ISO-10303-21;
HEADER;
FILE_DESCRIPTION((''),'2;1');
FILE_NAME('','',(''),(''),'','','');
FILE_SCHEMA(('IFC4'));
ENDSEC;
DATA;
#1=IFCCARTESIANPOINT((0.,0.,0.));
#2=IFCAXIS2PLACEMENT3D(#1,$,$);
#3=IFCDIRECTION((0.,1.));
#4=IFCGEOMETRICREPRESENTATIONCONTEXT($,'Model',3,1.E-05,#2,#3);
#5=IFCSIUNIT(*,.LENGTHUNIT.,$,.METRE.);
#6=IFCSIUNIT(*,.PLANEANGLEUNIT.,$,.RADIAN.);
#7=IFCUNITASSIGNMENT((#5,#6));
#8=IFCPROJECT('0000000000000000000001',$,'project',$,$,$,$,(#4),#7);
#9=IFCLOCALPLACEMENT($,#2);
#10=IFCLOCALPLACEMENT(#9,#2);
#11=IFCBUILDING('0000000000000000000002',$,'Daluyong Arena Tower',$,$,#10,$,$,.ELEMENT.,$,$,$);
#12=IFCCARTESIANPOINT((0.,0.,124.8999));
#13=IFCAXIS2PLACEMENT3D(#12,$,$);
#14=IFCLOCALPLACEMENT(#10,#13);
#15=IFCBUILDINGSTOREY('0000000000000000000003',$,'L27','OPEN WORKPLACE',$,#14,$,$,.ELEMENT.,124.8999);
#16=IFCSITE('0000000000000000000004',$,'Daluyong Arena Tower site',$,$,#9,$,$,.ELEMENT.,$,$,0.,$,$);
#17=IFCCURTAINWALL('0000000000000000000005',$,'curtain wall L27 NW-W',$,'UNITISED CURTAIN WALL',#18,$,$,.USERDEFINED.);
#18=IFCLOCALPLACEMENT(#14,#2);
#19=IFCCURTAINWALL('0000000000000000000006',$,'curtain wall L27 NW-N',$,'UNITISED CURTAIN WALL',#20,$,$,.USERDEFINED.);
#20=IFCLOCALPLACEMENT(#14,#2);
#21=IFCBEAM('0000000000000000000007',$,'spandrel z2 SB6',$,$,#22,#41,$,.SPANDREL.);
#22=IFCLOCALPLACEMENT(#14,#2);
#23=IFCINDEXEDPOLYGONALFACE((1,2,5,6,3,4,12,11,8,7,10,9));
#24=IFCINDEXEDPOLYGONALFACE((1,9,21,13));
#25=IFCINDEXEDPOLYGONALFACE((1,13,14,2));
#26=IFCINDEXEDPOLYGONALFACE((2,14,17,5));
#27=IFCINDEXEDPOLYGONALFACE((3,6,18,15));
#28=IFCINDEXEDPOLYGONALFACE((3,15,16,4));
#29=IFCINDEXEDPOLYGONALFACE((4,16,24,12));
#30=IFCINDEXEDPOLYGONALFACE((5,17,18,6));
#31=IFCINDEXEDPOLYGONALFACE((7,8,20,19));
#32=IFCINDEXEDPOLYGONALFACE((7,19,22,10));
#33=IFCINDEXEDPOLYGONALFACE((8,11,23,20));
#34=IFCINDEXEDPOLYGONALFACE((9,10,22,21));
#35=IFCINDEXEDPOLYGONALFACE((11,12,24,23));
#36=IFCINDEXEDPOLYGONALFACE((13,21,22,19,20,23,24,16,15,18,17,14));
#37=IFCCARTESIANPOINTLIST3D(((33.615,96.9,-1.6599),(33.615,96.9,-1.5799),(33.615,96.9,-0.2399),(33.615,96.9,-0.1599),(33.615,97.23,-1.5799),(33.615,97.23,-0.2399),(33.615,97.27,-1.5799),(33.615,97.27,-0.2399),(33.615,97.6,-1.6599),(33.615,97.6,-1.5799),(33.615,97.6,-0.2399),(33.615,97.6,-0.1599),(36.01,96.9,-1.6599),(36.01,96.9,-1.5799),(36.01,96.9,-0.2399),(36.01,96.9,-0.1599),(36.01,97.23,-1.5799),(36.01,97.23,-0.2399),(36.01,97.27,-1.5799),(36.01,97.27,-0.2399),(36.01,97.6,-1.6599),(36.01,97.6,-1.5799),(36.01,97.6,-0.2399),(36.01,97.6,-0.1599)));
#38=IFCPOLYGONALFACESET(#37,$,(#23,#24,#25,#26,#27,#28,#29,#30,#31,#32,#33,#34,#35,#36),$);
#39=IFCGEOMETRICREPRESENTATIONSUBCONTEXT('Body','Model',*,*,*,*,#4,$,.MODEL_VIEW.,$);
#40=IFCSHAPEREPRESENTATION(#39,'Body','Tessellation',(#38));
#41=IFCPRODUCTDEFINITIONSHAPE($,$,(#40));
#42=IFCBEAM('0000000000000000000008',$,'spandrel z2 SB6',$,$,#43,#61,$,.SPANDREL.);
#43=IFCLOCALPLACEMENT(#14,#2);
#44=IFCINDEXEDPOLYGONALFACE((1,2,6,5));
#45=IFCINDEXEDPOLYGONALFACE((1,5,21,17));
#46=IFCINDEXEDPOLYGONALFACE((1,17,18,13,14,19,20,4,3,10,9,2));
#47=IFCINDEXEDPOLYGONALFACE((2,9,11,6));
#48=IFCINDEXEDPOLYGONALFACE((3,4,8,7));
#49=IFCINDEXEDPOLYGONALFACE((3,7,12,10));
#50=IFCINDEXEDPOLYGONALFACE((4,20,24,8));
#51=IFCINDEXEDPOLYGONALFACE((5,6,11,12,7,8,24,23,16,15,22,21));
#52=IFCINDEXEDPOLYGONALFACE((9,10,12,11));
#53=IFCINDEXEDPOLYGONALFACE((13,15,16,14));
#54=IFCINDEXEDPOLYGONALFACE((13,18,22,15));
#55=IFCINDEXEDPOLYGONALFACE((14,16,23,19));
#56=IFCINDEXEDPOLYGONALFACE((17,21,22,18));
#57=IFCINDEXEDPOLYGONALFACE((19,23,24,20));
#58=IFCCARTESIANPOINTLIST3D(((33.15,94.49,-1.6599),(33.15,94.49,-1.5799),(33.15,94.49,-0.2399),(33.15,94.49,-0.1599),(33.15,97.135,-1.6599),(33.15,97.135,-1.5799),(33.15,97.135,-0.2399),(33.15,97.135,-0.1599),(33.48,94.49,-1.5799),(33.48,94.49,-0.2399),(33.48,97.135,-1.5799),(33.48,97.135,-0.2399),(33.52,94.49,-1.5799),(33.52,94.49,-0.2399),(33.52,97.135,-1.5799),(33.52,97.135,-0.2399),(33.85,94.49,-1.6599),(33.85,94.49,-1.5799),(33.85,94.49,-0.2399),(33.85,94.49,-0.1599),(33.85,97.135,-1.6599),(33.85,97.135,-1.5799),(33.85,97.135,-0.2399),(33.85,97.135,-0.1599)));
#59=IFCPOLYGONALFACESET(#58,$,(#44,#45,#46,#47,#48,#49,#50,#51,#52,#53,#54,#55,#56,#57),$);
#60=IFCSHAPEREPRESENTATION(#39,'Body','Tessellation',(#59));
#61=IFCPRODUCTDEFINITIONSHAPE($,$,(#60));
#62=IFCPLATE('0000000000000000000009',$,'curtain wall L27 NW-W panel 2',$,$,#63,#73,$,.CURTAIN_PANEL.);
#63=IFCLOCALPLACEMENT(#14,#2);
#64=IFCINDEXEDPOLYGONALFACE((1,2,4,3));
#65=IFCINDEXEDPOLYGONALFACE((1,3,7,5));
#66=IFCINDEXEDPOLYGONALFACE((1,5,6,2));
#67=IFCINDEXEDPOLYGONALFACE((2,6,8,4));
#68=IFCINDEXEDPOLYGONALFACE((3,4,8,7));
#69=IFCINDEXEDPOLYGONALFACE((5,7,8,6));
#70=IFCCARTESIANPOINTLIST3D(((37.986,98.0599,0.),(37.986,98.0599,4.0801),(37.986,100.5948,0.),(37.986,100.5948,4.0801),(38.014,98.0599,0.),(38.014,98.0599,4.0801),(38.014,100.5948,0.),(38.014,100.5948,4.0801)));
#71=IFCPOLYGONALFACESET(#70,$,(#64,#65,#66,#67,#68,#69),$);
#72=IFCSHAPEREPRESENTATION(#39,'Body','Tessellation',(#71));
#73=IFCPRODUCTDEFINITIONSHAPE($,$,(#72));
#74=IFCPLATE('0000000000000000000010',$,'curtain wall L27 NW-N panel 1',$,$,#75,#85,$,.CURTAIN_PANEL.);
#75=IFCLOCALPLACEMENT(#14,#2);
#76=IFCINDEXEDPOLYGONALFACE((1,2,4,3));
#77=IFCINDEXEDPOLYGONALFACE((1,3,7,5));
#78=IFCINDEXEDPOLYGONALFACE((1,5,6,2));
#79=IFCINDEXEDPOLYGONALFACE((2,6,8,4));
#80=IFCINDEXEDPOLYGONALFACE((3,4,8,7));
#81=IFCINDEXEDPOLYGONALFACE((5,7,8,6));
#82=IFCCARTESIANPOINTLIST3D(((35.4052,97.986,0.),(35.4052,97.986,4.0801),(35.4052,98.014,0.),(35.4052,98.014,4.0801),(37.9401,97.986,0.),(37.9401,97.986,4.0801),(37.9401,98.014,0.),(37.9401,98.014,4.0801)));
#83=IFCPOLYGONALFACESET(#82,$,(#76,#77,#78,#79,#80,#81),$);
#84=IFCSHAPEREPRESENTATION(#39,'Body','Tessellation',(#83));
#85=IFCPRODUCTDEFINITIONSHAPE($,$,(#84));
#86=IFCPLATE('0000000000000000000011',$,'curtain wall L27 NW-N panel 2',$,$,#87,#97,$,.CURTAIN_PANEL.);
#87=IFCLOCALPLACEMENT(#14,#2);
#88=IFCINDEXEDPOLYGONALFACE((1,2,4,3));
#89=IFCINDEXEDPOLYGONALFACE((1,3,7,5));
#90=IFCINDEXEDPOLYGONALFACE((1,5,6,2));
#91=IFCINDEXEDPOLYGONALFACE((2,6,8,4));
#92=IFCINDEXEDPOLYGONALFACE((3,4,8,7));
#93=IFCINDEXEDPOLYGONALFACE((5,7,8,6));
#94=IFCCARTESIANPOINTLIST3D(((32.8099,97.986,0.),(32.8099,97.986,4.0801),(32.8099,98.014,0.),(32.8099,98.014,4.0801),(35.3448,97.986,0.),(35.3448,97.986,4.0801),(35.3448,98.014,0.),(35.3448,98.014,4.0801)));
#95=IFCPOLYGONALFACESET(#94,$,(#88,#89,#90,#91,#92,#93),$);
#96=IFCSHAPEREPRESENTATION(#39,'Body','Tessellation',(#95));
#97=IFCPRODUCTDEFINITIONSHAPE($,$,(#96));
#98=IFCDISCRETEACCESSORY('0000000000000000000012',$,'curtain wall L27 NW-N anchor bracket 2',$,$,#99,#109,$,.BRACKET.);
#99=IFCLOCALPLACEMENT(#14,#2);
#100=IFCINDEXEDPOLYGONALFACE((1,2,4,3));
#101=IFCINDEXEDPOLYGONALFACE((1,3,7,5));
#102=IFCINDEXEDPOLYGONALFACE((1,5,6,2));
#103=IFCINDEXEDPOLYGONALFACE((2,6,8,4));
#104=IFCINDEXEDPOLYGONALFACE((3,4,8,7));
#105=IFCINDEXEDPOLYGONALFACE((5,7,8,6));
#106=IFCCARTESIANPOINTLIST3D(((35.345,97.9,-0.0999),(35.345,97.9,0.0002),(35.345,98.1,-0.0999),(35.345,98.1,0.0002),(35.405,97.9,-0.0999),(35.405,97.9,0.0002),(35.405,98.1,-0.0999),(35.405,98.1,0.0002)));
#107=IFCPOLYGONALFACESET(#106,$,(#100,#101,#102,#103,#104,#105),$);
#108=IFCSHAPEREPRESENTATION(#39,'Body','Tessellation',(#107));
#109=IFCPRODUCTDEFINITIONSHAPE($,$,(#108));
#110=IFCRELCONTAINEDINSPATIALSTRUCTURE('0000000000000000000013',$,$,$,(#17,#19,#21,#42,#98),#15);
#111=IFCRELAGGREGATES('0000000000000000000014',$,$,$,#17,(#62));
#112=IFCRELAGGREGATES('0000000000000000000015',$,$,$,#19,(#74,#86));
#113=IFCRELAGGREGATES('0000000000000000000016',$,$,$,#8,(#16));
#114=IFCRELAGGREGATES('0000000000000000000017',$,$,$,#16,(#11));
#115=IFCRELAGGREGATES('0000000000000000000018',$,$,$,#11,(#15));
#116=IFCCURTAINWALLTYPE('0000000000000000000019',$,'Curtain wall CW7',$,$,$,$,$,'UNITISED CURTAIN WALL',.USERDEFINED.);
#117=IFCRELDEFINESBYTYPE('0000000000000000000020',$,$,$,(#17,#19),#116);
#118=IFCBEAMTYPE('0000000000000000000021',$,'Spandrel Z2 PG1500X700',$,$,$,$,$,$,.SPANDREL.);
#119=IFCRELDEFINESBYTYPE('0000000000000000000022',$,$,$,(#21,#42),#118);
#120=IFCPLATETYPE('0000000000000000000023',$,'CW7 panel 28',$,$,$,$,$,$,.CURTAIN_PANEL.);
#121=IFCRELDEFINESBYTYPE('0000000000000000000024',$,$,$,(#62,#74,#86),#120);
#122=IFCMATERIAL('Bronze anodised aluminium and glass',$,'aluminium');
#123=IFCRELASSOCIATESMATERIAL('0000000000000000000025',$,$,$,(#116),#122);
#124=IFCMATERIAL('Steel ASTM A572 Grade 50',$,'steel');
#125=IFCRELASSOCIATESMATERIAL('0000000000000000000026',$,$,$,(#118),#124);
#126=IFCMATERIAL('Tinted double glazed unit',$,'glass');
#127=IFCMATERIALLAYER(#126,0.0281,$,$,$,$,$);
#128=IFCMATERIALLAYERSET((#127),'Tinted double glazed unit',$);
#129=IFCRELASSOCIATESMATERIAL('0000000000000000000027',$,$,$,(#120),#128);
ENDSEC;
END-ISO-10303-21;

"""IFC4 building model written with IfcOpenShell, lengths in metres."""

from ifc_helpers import new_model, si_unit, direction, frame, origin, origin_2d, place, context, subcontext, project, spatial, rectangle, i_section, extrude, material, layer, layer_set, material_profile, profile_set, type_object, element, aggregate, save


model = new_model("IFC4")

# Units and contexts
model_context = context("Model", 3, precision=1e-05, world=origin(), true_north=direction((0.0, 1.0)))
body_context = subcontext(model_context, "Body", "Model", "MODEL_VIEW")
ifc_project = project(units=[si_unit("LENGTHUNIT", "METRE"), si_unit("PLANEANGLEUNIT", "RADIAN")], contexts=[model_context])

# Site, building, storey
site_placement = place(None, origin())
site = spatial("IfcSite", under=ifc_project, at=site_placement, Name="Daluyong Arena Tower site", CompositionType="ELEMENT", RefElevation=0.0)
building_placement = place(site_placement, origin())
building = spatial("IfcBuilding", under=site, at=building_placement, Name="Daluyong Arena Tower", CompositionType="ELEMENT")
storey_placement = place(building_placement, frame((0.0, 0.0, 124.8999)))
storey = spatial("IfcBuildingStorey", under=building, at=storey_placement, Name="L27", Description="OPEN WORKPLACE", CompositionType="ELEMENT", Elevation=124.8999)

# Curtain walls
ifc_material_1 = material(Name="Bronze anodised aluminium and glass", Category="aluminium")
curtain_wall_type_1 = type_object("IfcCurtainWallType", Name="Curtain wall CW7", ElementType="UNITISED CURTAIN WALL", PredefinedType="USERDEFINED", material=ifc_material_1)
curtain_wall_1_placement = place(storey_placement, origin())
curtain_wall_1 = element("IfcCurtainWall", 1, at=curtain_wall_1_placement, inside=storey, type_object=curtain_wall_type_1, Name="curtain wall L27 NW-W", ObjectType="UNITISED CURTAIN WALL", PredefinedType="USERDEFINED")
curtain_wall_2_placement = place(storey_placement, origin())
curtain_wall_2 = element("IfcCurtainWall", 2, at=curtain_wall_2_placement, inside=storey, type_object=curtain_wall_type_1, Name="curtain wall L27 NW-N", ObjectType="UNITISED CURTAIN WALL", PredefinedType="USERDEFINED")

# Beams
ifc_material_2 = material(Name="Steel ASTM A572 Grade 50", Category="steel")
ifc_material_profile_1 = material_profile(ifc_material_2, i_section(OverallWidth=0.7, OverallDepth=1.5, WebThickness=0.04, FlangeThickness=0.08, at=origin_2d()))
ifc_profile_set_1 = profile_set([ifc_material_profile_1], Name="Steel ASTM A572 Grade 50")
beam_type = type_object("IfcBeamType", Name="Spandrel Z2 PG1500X700", PredefinedType="SPANDREL", material=ifc_profile_set_1)
beam_1_placement = place(storey_placement, frame((36.01, 97.25, -0.9099), z_axis=(-1.0, 0.0, 0.0), x_axis=(0.0, -1.0, 0.0)))
element("IfcBeam", 3, at=beam_1_placement, inside=storey, type_object=beam_type, Name="spandrel z2 SB6", PredefinedType="SPANDREL", context=body_context, shape_type="SweptSolid", body=[
    extrude(i_section(OverallWidth=0.7, OverallDepth=1.5, WebThickness=0.04, FlangeThickness=0.08, at=origin_2d()), origin(), (0.0, 0.0, 1.0), 2.395),
])
beam_2_placement = place(storey_placement, frame((33.5, 97.135, -0.9099), z_axis=(0.0, -1.0, 0.0), x_axis=(1.0, 0.0, 0.0)))
element("IfcBeam", 4, at=beam_2_placement, inside=storey, type_object=beam_type, Name="spandrel z2 SB6", PredefinedType="SPANDREL", context=body_context, shape_type="SweptSolid", body=[
    extrude(i_section(OverallWidth=0.7, OverallDepth=1.5, WebThickness=0.04, FlangeThickness=0.08, at=origin_2d()), origin(), (0.0, 0.0, 1.0), 2.645),
])

# Plates
ifc_material_3 = material(Name="Tinted double glazed unit", Category="glass")
ifc_layer = layer(ifc_material_3, 0.0281)
ifc_layer_set = layer_set([ifc_layer], Name="Tinted double glazed unit")
plate_type = type_object("IfcPlateType", Name="CW7 panel 28", PredefinedType="CURTAIN_PANEL", material=ifc_layer_set)
plate_1_placement = place(storey_placement, frame((38.0, 99.3274, 0.0), z_axis=(0.0, 0.0, 1.0), x_axis=(0.0, -1.0, 0.0)))
plate_1 = element("IfcPlate", 5, at=plate_1_placement, type_object=plate_type, Name="curtain wall L27 NW-W panel 2", PredefinedType="CURTAIN_PANEL", context=body_context, shape_type="SweptSolid", body=[
    extrude(rectangle(XDim=2.5349, YDim=0.0281, at=origin_2d()), origin(), (0.0, 0.0, 1.0), 4.0801),
])
aggregate(curtain_wall_1, [plate_1])
plate_2_placement = place(storey_placement, frame((36.6726, 98.0, 0.0), z_axis=(0.0, 0.0, 1.0), x_axis=(-1.0, 0.0, 0.0)))
plate_2 = element("IfcPlate", 6, at=plate_2_placement, type_object=plate_type, Name="curtain wall L27 NW-N panel 1", PredefinedType="CURTAIN_PANEL", context=body_context, shape_type="SweptSolid", body=[
    extrude(rectangle(XDim=2.5349, YDim=0.0281, at=origin_2d()), origin(), (0.0, 0.0, 1.0), 4.0801),
])
plate_3_placement = place(storey_placement, frame((34.0774, 98.0, 0.0), z_axis=(0.0, 0.0, 1.0), x_axis=(-1.0, 0.0, 0.0)))
plate_3 = element("IfcPlate", 7, at=plate_3_placement, type_object=plate_type, Name="curtain wall L27 NW-N panel 2", PredefinedType="CURTAIN_PANEL", context=body_context, shape_type="SweptSolid", body=[
    extrude(rectangle(XDim=2.5349, YDim=0.0281, at=origin_2d()), origin(), (0.0, 0.0, 1.0), 4.0801),
])
aggregate(curtain_wall_2, [plate_2, plate_3])

# Discrete accessory
discrete_accessory_placement = place(storey_placement, frame((35.375, 98.0, -0.0999), z_axis=(0.0, 0.0, 1.0), x_axis=(-1.0, 0.0, 0.0)))
element("IfcDiscreteAccessory", 8, at=discrete_accessory_placement, inside=storey, Name="curtain wall L27 NW-N anchor bracket 2", PredefinedType="BRACKET", context=body_context, shape_type="SweptSolid", body=[
    extrude(rectangle(XDim=0.0601, YDim=0.2, at=origin_2d()), origin(), (0.0, 0.0, 1.0), 0.1001),
])

save(model, "model.ifc")
